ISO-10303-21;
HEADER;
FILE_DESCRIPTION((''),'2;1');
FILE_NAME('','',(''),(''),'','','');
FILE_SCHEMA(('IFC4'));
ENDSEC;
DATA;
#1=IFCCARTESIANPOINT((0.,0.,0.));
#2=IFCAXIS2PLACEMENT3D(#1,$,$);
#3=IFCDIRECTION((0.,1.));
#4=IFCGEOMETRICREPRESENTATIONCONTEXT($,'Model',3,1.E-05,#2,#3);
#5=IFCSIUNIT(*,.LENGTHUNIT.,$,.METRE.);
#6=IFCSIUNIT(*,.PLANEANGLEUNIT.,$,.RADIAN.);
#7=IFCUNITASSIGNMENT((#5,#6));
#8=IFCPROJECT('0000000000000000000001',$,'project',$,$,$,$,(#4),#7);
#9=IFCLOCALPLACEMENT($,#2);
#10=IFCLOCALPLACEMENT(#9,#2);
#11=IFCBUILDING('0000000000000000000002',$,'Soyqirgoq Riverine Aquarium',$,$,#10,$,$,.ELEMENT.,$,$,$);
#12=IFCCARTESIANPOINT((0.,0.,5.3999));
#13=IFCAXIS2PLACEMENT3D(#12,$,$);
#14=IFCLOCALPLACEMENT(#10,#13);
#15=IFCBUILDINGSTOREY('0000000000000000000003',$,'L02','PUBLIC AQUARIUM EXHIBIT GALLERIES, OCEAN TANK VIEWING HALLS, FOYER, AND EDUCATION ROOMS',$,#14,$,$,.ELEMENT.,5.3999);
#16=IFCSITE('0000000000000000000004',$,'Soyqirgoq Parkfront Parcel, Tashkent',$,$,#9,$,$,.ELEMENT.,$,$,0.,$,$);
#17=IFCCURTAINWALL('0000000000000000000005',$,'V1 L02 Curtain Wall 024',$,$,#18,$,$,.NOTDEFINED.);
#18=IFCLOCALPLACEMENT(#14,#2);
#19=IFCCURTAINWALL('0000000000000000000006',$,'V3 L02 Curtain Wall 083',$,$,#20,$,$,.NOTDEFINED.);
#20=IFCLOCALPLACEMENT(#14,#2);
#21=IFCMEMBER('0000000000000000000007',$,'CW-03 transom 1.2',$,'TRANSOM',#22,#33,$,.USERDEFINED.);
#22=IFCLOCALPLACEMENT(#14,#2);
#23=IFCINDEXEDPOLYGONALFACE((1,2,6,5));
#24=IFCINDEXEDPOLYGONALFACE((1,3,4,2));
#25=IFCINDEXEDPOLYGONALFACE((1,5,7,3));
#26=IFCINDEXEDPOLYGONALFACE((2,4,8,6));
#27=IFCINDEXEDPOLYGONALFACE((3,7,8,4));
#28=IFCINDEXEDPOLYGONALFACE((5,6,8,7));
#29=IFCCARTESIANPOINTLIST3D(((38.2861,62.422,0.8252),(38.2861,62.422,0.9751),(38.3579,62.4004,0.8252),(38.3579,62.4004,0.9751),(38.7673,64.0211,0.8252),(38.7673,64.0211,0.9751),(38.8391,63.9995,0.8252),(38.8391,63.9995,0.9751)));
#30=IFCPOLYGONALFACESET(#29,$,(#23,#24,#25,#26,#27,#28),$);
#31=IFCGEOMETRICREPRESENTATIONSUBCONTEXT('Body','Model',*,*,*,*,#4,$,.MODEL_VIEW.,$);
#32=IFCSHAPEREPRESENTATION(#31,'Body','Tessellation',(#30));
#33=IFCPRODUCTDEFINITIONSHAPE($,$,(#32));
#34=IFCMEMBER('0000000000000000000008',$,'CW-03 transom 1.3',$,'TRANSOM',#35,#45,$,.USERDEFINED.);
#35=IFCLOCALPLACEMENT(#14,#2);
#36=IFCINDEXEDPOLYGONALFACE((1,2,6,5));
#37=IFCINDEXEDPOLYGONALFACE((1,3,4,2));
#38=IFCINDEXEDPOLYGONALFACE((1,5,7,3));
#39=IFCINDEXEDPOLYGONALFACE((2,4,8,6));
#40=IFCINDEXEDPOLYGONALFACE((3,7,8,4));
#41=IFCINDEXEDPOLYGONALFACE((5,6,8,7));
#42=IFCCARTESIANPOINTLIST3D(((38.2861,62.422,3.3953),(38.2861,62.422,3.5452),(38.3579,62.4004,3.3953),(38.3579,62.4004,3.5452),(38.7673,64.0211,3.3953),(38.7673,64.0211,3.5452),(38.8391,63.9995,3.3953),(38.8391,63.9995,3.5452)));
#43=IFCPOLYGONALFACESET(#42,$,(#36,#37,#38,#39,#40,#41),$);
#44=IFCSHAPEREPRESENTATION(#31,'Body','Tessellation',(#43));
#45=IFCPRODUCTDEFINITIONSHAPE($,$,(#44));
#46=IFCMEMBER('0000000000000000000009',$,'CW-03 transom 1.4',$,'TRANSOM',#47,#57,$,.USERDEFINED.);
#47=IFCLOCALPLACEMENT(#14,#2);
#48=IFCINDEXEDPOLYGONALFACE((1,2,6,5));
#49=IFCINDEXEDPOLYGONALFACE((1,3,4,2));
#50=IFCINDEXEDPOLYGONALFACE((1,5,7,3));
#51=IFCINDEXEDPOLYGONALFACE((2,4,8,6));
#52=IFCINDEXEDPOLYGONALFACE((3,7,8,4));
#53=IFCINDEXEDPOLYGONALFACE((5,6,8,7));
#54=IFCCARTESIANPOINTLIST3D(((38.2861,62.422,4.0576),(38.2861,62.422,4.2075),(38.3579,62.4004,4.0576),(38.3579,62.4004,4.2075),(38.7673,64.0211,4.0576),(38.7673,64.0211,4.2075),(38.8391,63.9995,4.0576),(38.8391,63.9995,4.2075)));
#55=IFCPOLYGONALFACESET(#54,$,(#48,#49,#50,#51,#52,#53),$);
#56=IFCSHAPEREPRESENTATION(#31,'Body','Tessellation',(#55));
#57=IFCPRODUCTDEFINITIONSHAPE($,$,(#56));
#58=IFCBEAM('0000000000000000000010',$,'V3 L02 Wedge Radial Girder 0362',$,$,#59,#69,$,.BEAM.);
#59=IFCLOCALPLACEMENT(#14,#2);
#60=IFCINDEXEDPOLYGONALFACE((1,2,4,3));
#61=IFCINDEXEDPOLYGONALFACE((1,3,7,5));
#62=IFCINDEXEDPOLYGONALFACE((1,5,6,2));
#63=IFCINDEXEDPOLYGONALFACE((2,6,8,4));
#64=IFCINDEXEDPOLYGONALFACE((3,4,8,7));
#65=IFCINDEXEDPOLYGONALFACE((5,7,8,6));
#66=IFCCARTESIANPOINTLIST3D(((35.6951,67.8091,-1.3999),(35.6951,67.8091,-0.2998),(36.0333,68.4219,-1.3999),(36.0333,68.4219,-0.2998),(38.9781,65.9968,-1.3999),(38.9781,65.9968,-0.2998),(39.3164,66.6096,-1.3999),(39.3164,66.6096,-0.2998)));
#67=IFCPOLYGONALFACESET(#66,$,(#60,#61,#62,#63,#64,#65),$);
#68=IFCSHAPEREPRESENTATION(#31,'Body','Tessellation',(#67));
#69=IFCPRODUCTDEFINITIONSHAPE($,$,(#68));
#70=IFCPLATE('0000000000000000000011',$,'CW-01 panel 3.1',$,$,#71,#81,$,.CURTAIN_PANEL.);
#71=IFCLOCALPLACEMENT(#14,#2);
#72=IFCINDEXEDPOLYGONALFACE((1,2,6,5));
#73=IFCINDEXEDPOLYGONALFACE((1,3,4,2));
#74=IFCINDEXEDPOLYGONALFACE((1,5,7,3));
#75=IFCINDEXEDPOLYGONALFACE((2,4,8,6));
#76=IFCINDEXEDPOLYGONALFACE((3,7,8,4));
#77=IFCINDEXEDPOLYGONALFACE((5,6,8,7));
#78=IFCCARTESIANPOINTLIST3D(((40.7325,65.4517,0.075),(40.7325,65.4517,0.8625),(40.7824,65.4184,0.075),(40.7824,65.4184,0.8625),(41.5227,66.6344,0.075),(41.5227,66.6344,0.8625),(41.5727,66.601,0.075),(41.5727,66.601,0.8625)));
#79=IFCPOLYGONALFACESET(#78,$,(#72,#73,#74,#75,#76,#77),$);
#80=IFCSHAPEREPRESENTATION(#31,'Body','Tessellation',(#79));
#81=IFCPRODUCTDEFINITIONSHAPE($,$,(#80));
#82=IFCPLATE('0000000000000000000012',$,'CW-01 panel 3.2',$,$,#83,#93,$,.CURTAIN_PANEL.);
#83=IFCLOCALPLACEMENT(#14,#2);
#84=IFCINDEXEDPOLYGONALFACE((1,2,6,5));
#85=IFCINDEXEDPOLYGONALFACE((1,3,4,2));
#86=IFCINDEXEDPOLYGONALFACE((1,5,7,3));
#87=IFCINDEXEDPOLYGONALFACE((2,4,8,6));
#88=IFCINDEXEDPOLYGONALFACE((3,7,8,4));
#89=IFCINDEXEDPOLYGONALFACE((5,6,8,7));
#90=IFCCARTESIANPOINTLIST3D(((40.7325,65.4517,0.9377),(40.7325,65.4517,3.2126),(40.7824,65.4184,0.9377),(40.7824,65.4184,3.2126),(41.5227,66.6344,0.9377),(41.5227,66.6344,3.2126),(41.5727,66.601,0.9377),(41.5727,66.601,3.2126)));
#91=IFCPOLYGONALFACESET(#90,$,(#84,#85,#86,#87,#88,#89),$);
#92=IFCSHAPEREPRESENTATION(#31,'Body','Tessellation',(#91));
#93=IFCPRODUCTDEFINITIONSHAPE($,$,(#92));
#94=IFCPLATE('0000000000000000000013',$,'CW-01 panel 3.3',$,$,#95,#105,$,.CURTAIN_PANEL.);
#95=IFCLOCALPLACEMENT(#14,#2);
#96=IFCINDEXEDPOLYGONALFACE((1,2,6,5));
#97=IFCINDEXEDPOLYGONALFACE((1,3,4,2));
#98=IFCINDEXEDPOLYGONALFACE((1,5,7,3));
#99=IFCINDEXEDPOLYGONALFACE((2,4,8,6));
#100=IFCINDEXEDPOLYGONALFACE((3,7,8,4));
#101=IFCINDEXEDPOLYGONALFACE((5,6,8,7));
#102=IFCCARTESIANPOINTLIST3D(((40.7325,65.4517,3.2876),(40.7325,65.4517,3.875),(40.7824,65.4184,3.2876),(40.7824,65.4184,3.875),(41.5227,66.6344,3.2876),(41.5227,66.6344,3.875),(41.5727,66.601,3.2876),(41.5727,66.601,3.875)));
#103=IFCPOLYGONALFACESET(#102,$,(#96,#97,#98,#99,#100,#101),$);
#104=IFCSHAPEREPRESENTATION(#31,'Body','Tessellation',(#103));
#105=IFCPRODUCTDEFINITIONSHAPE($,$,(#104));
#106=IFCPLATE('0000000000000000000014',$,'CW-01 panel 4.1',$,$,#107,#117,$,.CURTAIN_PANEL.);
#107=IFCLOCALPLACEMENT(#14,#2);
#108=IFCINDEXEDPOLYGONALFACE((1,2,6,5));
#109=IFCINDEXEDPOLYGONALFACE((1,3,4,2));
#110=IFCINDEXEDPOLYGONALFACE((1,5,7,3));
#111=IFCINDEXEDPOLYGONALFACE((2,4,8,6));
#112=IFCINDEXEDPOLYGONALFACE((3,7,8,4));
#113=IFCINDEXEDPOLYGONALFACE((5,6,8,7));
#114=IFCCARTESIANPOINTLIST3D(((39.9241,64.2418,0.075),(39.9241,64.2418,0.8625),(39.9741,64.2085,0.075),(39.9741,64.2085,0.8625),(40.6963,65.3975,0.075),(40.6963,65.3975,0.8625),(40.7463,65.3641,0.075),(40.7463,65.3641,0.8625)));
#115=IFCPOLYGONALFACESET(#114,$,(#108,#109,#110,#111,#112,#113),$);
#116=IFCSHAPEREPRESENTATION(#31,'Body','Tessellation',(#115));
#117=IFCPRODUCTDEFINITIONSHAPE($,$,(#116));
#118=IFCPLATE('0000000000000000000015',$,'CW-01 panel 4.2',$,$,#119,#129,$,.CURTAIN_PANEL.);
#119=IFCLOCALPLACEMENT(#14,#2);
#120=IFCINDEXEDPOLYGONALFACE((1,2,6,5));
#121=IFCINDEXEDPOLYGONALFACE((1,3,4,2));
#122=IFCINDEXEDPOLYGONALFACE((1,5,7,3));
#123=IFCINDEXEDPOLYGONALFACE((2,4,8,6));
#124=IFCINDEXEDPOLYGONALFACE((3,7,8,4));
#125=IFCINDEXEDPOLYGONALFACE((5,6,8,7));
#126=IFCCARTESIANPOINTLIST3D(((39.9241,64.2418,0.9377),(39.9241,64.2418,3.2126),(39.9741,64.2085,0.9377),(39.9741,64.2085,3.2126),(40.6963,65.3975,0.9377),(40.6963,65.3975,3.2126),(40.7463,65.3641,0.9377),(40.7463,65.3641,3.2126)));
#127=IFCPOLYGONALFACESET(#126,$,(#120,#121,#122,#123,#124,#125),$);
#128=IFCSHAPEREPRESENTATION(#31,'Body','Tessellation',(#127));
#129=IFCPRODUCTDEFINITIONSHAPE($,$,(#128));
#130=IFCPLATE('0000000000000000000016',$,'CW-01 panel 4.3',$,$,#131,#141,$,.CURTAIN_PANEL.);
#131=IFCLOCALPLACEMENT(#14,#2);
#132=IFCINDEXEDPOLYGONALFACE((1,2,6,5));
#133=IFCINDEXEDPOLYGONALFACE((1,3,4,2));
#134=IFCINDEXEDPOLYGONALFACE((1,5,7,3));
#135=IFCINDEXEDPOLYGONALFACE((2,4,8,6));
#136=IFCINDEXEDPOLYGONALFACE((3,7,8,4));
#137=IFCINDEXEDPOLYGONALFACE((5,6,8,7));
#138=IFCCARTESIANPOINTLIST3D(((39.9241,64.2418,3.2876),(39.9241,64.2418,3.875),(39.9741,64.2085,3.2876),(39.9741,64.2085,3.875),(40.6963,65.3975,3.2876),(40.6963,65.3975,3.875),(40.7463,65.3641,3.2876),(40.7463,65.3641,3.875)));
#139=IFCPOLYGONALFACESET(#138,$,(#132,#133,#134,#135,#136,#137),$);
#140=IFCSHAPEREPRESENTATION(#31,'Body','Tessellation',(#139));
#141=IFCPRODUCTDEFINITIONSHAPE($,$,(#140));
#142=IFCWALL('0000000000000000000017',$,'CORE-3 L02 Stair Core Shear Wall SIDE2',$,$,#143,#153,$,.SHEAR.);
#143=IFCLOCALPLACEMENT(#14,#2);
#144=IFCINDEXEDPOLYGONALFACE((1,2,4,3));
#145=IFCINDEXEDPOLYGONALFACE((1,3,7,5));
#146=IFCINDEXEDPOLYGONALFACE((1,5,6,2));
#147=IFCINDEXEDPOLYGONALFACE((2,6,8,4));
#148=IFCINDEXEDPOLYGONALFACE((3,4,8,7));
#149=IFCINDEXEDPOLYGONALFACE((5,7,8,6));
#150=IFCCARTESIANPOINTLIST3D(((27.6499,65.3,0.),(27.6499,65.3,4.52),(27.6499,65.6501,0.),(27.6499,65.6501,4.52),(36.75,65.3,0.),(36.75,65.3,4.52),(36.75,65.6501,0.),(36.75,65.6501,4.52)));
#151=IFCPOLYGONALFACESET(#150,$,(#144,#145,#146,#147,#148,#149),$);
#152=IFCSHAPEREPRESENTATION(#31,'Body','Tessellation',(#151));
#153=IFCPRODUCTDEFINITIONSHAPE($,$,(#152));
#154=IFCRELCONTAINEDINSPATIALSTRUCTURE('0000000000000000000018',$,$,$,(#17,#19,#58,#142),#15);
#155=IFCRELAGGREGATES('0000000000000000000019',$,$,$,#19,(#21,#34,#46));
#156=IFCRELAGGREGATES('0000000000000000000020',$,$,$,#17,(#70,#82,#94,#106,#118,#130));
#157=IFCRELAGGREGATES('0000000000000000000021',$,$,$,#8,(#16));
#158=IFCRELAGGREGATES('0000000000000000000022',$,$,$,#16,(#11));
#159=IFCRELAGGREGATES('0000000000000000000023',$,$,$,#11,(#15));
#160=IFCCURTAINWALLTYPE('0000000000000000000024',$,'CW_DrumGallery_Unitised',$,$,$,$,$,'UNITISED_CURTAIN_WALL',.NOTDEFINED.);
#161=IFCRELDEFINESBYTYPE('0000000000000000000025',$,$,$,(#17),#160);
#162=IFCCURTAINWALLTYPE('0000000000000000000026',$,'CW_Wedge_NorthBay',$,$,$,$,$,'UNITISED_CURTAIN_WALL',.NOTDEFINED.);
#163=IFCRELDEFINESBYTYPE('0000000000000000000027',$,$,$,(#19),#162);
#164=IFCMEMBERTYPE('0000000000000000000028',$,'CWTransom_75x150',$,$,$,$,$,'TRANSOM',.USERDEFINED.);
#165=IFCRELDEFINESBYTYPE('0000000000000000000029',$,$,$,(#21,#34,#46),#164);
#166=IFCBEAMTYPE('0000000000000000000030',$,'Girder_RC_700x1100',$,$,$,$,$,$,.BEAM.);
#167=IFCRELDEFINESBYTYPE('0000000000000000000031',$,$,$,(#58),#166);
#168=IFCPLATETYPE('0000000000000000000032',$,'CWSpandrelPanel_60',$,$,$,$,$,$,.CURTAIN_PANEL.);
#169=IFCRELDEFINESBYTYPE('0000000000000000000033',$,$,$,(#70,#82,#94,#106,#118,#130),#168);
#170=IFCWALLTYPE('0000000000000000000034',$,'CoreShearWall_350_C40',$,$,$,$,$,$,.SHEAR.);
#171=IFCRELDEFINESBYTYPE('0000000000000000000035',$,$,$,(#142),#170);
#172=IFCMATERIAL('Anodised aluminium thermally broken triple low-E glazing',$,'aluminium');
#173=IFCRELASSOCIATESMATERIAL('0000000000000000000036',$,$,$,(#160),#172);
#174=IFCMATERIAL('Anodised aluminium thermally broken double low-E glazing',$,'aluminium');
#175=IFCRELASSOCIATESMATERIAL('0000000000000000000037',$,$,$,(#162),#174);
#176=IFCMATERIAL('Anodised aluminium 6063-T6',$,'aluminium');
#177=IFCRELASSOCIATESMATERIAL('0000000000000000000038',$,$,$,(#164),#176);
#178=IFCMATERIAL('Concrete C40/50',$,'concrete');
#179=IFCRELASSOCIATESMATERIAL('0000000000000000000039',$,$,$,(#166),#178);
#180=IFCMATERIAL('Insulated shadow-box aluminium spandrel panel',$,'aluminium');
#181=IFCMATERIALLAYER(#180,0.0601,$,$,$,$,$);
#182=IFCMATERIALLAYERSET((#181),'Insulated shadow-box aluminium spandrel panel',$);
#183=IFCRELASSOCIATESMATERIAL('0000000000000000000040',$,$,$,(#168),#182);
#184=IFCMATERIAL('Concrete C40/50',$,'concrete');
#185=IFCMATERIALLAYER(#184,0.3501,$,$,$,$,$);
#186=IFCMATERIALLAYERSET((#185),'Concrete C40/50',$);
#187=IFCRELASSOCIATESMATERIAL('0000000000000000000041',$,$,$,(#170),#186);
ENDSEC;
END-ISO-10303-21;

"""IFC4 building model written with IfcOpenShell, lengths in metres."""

from ifc_helpers import new_model, si_unit, direction, frame, frame_2d, origin, origin_2d, place, context, subcontext, project, spatial, rectangle, extrude, material, layer, layer_set, material_profile, profile_set, type_object, element, aggregate, save


model = new_model("IFC4")

# Units and contexts
model_context = context("Model", 3, precision=1e-05, world=origin(), true_north=direction((0.0, 1.0)))
body_context = subcontext(model_context, "Body", "Model", "MODEL_VIEW")
ifc_project = project(units=[si_unit("LENGTHUNIT", "METRE"), si_unit("PLANEANGLEUNIT", "RADIAN")], contexts=[model_context])

# Site, building, storey
site_placement = place(None, origin())
site = spatial("IfcSite", under=ifc_project, at=site_placement, Name="Soyqirgoq Parkfront Parcel, Tashkent", CompositionType="ELEMENT", RefElevation=0.0)
building_placement = place(site_placement, origin())
building = spatial("IfcBuilding", under=site, at=building_placement, Name="Soyqirgoq Riverine Aquarium", CompositionType="ELEMENT")
storey_placement = place(building_placement, frame((0.0, 0.0, 5.3999)))
storey = spatial("IfcBuildingStorey", under=building, at=storey_placement, Name="L02", Description="PUBLIC AQUARIUM EXHIBIT GALLERIES, OCEAN TANK VIEWING HALLS, FOYER, AND EDUCATION ROOMS", CompositionType="ELEMENT", Elevation=5.3999)

# Curtain wall
ifc_material_1 = material(Name="Anodised aluminium thermally broken triple low-E glazing", Category="aluminium")
curtain_wall_type_1 = type_object("IfcCurtainWallType", Name="CW_DrumGallery_Unitised", ElementType="UNITISED_CURTAIN_WALL", PredefinedType="NOTDEFINED", material=ifc_material_1)
curtain_wall_1_placement = place(storey_placement, origin())
curtain_wall_1 = element("IfcCurtainWall", 1, at=curtain_wall_1_placement, inside=storey, type_object=curtain_wall_type_1, Name="V1 L02 Curtain Wall 024", PredefinedType="NOTDEFINED")

# Curtain wall
ifc_material_2 = material(Name="Anodised aluminium thermally broken double low-E glazing", Category="aluminium")
curtain_wall_type_2 = type_object("IfcCurtainWallType", Name="CW_Wedge_NorthBay", ElementType="UNITISED_CURTAIN_WALL", PredefinedType="NOTDEFINED", material=ifc_material_2)
curtain_wall_2_placement = place(storey_placement, origin())
curtain_wall_2 = element("IfcCurtainWall", 2, at=curtain_wall_2_placement, inside=storey, type_object=curtain_wall_type_2, Name="V3 L02 Curtain Wall 083", PredefinedType="NOTDEFINED")

# Members
ifc_material_3 = material(Name="Anodised aluminium 6063-T6", Category="aluminium")
ifc_material_profile_1 = material_profile(ifc_material_3, rectangle(XDim=0.075, YDim=0.1499, at=origin_2d()), Name="ALU-T 75x150")
ifc_profile_set_1 = profile_set([ifc_material_profile_1], Name="Anodised aluminium 6063-T6")
member_type_1 = type_object("IfcMemberType", Name="CWTransom_75x150", ElementType="TRANSOM", PredefinedType="USERDEFINED", material=ifc_profile_set_1)
member_1_placement = place(storey_placement, frame((38.8032, 64.0103, 0.9001), z_axis=(-0.288153, -0.957585, 0.0), x_axis=(0.957585, -0.288153, 0.0)))
member_1 = element("IfcMember", 3, at=member_1_placement, type_object=member_type_1, Name="CW-03 transom 1.2", ObjectType="TRANSOM", PredefinedType="USERDEFINED", context=body_context, shape_type="SweptSolid", body=[
    extrude(rectangle(XDim=0.075, YDim=0.1499, at=origin_2d()), origin(), (0.0, 0.0, 1.0), 1.6699),
])
member_2_placement = place(storey_placement, frame((38.8032, 64.0103, 3.4702), z_axis=(-0.288153, -0.957585, 0.0), x_axis=(0.957585, -0.288153, 0.0)))
member_2 = element("IfcMember", 4, at=member_2_placement, type_object=member_type_1, Name="CW-03 transom 1.3", ObjectType="TRANSOM", PredefinedType="USERDEFINED", context=body_context, shape_type="SweptSolid", body=[
    extrude(rectangle(XDim=0.075, YDim=0.1499, at=origin_2d()), origin(), (0.0, 0.0, 1.0), 1.6699),
])
member_3_placement = place(storey_placement, frame((38.8032, 64.0103, 4.1326), z_axis=(-0.288153, -0.957585, 0.0), x_axis=(0.957585, -0.288153, 0.0)))
member_3 = element("IfcMember", 5, at=member_3_placement, type_object=member_type_1, Name="CW-03 transom 1.4", ObjectType="TRANSOM", PredefinedType="USERDEFINED", context=body_context, shape_type="SweptSolid", body=[
    extrude(rectangle(XDim=0.075, YDim=0.1499, at=origin_2d()), origin(), (0.0, 0.0, 1.0), 1.6699),
])
aggregate(curtain_wall_2, [member_1, member_2, member_3])

# Beam
ifc_material_4 = material(Name="Concrete C40/50", Category="concrete")
ifc_material_profile_2 = material_profile(ifc_material_4, rectangle(XDim=0.7, YDim=1.1001, at=origin_2d()), Name="RC 700x1100")
ifc_profile_set_2 = profile_set([ifc_material_profile_2], Name="Concrete C40/50")
beam_type_1 = type_object("IfcBeamType", Name="Girder_RC_700x1100", PredefinedType="BEAM", material=ifc_profile_set_2)
beam_1_placement = place(storey_placement, frame((39.1472, 66.3032, -0.8499), z_axis=(-0.875468, 0.483275, 0.0), x_axis=(-0.483275, -0.875468, 0.0)))
element("IfcBeam", 6, at=beam_1_placement, inside=storey, type_object=beam_type_1, Name="V3 L02 Wedge Radial Girder 0362", PredefinedType="BEAM", context=body_context, shape_type="SweptSolid", body=[
    extrude(rectangle(XDim=0.7, YDim=1.1001, at=origin_2d()), origin(), (0.0, 0.0, 1.0), 3.75),
])

# Plates
ifc_material_5 = material(Name="Insulated shadow-box aluminium spandrel panel", Category="aluminium")
ifc_layer_1 = layer(ifc_material_5, 0.0601)
ifc_layer_set_1 = layer_set([ifc_layer_1], Name="Insulated shadow-box aluminium spandrel panel")
plate_type = type_object("IfcPlateType", Name="CWSpandrelPanel_60", PredefinedType="CURTAIN_PANEL", material=ifc_layer_set_1)
plate_1_placement = place(storey_placement, frame((41.1526, 66.0264, 0.075), z_axis=(0.0, 0.0, 1.0), x_axis=(-0.555565, -0.831473, 0.0)))
plate_1 = element("IfcPlate", 7, at=plate_1_placement, type_object=plate_type, Name="CW-01 panel 3.1", PredefinedType="CURTAIN_PANEL", context=body_context, shape_type="SweptSolid", body=[
    extrude(rectangle(XDim=1.4224, YDim=0.0601, at=origin_2d()), origin(), (0.0, 0.0, 1.0), 0.7876),
])
plate_2_placement = place(storey_placement, frame((41.1526, 66.0264, 0.9377), z_axis=(0.0, 0.0, 1.0), x_axis=(-0.555565, -0.831473, 0.0)))
plate_2 = element("IfcPlate", 8, at=plate_2_placement, type_object=plate_type, Name="CW-01 panel 3.2", PredefinedType="CURTAIN_PANEL", context=body_context, shape_type="SweptSolid", body=[
    extrude(rectangle(XDim=1.4224, YDim=0.0601, at=origin_2d()), origin(), (0.0, 0.0, 1.0), 2.2749),
])
plate_3_placement = place(storey_placement, frame((41.1526, 66.0264, 3.2876), z_axis=(0.0, 0.0, 1.0), x_axis=(-0.555565, -0.831473, 0.0)))
plate_3 = element("IfcPlate", 9, at=plate_3_placement, type_object=plate_type, Name="CW-01 panel 3.3", PredefinedType="CURTAIN_PANEL", context=body_context, shape_type="SweptSolid", body=[
    extrude(rectangle(XDim=1.4224, YDim=0.0601, at=origin_2d()), origin(), (0.0, 0.0, 1.0), 0.5874),
])
plate_4_placement = place(storey_placement, frame((40.3352, 64.803, 0.075), z_axis=(0.0, 0.0, 1.0), x_axis=(-0.555565, -0.831473, 0.0)))
plate_4 = element("IfcPlate", 10, at=plate_4_placement, type_object=plate_type, Name="CW-01 panel 4.1", PredefinedType="CURTAIN_PANEL", context=body_context, shape_type="SweptSolid", body=[
    extrude(rectangle(XDim=1.3899, YDim=0.0601, at=origin_2d()), origin(), (0.0, 0.0, 1.0), 0.7876),
])
plate_5_placement = place(storey_placement, frame((40.3352, 64.803, 0.9377), z_axis=(0.0, 0.0, 1.0), x_axis=(-0.555565, -0.831473, 0.0)))
plate_5 = element("IfcPlate", 11, at=plate_5_placement, type_object=plate_type, Name="CW-01 panel 4.2", PredefinedType="CURTAIN_PANEL", context=body_context, shape_type="SweptSolid", body=[
    extrude(rectangle(XDim=1.3899, YDim=0.0601, at=origin_2d()), origin(), (0.0, 0.0, 1.0), 2.2749),
])
plate_6_placement = place(storey_placement, frame((40.3352, 64.803, 3.2876), z_axis=(0.0, 0.0, 1.0), x_axis=(-0.555565, -0.831473, 0.0)))
plate_6 = element("IfcPlate", 12, at=plate_6_placement, type_object=plate_type, Name="CW-01 panel 4.3", PredefinedType="CURTAIN_PANEL", context=body_context, shape_type="SweptSolid", body=[
    extrude(rectangle(XDim=1.3899, YDim=0.0601, at=origin_2d()), origin(), (0.0, 0.0, 1.0), 0.5874),
])
aggregate(curtain_wall_1, [plate_1, plate_2, plate_3, plate_4, plate_5, plate_6])

# Wall
ifc_material_6 = material(Name="Concrete C40/50", Category="concrete")
ifc_layer_2 = layer(ifc_material_6, 0.3501)
ifc_layer_set_2 = layer_set([ifc_layer_2], Name="Concrete C40/50")
wall_type = type_object("IfcWallType", Name="CoreShearWall_350_C40", PredefinedType="SHEAR", material=ifc_layer_set_2)
wall_placement = place(storey_placement, frame((36.75, 65.4751, 0.0), z_axis=(0.0, 0.0, 1.0), x_axis=(-1.0, 0.0, 0.0)))
element("IfcWall", 13, at=wall_placement, inside=storey, type_object=wall_type, Name="CORE-3 L02 Stair Core Shear Wall SIDE2", PredefinedType="SHEAR", context=body_context, shape_type="SweptSolid", body=[
    extrude(rectangle(XDim=9.1001, YDim=0.3501, at=frame_2d((4.55, 0.0))), origin(), (0.0, 0.0, 1.0), 4.52),
])

save(model, "model.ifc")
